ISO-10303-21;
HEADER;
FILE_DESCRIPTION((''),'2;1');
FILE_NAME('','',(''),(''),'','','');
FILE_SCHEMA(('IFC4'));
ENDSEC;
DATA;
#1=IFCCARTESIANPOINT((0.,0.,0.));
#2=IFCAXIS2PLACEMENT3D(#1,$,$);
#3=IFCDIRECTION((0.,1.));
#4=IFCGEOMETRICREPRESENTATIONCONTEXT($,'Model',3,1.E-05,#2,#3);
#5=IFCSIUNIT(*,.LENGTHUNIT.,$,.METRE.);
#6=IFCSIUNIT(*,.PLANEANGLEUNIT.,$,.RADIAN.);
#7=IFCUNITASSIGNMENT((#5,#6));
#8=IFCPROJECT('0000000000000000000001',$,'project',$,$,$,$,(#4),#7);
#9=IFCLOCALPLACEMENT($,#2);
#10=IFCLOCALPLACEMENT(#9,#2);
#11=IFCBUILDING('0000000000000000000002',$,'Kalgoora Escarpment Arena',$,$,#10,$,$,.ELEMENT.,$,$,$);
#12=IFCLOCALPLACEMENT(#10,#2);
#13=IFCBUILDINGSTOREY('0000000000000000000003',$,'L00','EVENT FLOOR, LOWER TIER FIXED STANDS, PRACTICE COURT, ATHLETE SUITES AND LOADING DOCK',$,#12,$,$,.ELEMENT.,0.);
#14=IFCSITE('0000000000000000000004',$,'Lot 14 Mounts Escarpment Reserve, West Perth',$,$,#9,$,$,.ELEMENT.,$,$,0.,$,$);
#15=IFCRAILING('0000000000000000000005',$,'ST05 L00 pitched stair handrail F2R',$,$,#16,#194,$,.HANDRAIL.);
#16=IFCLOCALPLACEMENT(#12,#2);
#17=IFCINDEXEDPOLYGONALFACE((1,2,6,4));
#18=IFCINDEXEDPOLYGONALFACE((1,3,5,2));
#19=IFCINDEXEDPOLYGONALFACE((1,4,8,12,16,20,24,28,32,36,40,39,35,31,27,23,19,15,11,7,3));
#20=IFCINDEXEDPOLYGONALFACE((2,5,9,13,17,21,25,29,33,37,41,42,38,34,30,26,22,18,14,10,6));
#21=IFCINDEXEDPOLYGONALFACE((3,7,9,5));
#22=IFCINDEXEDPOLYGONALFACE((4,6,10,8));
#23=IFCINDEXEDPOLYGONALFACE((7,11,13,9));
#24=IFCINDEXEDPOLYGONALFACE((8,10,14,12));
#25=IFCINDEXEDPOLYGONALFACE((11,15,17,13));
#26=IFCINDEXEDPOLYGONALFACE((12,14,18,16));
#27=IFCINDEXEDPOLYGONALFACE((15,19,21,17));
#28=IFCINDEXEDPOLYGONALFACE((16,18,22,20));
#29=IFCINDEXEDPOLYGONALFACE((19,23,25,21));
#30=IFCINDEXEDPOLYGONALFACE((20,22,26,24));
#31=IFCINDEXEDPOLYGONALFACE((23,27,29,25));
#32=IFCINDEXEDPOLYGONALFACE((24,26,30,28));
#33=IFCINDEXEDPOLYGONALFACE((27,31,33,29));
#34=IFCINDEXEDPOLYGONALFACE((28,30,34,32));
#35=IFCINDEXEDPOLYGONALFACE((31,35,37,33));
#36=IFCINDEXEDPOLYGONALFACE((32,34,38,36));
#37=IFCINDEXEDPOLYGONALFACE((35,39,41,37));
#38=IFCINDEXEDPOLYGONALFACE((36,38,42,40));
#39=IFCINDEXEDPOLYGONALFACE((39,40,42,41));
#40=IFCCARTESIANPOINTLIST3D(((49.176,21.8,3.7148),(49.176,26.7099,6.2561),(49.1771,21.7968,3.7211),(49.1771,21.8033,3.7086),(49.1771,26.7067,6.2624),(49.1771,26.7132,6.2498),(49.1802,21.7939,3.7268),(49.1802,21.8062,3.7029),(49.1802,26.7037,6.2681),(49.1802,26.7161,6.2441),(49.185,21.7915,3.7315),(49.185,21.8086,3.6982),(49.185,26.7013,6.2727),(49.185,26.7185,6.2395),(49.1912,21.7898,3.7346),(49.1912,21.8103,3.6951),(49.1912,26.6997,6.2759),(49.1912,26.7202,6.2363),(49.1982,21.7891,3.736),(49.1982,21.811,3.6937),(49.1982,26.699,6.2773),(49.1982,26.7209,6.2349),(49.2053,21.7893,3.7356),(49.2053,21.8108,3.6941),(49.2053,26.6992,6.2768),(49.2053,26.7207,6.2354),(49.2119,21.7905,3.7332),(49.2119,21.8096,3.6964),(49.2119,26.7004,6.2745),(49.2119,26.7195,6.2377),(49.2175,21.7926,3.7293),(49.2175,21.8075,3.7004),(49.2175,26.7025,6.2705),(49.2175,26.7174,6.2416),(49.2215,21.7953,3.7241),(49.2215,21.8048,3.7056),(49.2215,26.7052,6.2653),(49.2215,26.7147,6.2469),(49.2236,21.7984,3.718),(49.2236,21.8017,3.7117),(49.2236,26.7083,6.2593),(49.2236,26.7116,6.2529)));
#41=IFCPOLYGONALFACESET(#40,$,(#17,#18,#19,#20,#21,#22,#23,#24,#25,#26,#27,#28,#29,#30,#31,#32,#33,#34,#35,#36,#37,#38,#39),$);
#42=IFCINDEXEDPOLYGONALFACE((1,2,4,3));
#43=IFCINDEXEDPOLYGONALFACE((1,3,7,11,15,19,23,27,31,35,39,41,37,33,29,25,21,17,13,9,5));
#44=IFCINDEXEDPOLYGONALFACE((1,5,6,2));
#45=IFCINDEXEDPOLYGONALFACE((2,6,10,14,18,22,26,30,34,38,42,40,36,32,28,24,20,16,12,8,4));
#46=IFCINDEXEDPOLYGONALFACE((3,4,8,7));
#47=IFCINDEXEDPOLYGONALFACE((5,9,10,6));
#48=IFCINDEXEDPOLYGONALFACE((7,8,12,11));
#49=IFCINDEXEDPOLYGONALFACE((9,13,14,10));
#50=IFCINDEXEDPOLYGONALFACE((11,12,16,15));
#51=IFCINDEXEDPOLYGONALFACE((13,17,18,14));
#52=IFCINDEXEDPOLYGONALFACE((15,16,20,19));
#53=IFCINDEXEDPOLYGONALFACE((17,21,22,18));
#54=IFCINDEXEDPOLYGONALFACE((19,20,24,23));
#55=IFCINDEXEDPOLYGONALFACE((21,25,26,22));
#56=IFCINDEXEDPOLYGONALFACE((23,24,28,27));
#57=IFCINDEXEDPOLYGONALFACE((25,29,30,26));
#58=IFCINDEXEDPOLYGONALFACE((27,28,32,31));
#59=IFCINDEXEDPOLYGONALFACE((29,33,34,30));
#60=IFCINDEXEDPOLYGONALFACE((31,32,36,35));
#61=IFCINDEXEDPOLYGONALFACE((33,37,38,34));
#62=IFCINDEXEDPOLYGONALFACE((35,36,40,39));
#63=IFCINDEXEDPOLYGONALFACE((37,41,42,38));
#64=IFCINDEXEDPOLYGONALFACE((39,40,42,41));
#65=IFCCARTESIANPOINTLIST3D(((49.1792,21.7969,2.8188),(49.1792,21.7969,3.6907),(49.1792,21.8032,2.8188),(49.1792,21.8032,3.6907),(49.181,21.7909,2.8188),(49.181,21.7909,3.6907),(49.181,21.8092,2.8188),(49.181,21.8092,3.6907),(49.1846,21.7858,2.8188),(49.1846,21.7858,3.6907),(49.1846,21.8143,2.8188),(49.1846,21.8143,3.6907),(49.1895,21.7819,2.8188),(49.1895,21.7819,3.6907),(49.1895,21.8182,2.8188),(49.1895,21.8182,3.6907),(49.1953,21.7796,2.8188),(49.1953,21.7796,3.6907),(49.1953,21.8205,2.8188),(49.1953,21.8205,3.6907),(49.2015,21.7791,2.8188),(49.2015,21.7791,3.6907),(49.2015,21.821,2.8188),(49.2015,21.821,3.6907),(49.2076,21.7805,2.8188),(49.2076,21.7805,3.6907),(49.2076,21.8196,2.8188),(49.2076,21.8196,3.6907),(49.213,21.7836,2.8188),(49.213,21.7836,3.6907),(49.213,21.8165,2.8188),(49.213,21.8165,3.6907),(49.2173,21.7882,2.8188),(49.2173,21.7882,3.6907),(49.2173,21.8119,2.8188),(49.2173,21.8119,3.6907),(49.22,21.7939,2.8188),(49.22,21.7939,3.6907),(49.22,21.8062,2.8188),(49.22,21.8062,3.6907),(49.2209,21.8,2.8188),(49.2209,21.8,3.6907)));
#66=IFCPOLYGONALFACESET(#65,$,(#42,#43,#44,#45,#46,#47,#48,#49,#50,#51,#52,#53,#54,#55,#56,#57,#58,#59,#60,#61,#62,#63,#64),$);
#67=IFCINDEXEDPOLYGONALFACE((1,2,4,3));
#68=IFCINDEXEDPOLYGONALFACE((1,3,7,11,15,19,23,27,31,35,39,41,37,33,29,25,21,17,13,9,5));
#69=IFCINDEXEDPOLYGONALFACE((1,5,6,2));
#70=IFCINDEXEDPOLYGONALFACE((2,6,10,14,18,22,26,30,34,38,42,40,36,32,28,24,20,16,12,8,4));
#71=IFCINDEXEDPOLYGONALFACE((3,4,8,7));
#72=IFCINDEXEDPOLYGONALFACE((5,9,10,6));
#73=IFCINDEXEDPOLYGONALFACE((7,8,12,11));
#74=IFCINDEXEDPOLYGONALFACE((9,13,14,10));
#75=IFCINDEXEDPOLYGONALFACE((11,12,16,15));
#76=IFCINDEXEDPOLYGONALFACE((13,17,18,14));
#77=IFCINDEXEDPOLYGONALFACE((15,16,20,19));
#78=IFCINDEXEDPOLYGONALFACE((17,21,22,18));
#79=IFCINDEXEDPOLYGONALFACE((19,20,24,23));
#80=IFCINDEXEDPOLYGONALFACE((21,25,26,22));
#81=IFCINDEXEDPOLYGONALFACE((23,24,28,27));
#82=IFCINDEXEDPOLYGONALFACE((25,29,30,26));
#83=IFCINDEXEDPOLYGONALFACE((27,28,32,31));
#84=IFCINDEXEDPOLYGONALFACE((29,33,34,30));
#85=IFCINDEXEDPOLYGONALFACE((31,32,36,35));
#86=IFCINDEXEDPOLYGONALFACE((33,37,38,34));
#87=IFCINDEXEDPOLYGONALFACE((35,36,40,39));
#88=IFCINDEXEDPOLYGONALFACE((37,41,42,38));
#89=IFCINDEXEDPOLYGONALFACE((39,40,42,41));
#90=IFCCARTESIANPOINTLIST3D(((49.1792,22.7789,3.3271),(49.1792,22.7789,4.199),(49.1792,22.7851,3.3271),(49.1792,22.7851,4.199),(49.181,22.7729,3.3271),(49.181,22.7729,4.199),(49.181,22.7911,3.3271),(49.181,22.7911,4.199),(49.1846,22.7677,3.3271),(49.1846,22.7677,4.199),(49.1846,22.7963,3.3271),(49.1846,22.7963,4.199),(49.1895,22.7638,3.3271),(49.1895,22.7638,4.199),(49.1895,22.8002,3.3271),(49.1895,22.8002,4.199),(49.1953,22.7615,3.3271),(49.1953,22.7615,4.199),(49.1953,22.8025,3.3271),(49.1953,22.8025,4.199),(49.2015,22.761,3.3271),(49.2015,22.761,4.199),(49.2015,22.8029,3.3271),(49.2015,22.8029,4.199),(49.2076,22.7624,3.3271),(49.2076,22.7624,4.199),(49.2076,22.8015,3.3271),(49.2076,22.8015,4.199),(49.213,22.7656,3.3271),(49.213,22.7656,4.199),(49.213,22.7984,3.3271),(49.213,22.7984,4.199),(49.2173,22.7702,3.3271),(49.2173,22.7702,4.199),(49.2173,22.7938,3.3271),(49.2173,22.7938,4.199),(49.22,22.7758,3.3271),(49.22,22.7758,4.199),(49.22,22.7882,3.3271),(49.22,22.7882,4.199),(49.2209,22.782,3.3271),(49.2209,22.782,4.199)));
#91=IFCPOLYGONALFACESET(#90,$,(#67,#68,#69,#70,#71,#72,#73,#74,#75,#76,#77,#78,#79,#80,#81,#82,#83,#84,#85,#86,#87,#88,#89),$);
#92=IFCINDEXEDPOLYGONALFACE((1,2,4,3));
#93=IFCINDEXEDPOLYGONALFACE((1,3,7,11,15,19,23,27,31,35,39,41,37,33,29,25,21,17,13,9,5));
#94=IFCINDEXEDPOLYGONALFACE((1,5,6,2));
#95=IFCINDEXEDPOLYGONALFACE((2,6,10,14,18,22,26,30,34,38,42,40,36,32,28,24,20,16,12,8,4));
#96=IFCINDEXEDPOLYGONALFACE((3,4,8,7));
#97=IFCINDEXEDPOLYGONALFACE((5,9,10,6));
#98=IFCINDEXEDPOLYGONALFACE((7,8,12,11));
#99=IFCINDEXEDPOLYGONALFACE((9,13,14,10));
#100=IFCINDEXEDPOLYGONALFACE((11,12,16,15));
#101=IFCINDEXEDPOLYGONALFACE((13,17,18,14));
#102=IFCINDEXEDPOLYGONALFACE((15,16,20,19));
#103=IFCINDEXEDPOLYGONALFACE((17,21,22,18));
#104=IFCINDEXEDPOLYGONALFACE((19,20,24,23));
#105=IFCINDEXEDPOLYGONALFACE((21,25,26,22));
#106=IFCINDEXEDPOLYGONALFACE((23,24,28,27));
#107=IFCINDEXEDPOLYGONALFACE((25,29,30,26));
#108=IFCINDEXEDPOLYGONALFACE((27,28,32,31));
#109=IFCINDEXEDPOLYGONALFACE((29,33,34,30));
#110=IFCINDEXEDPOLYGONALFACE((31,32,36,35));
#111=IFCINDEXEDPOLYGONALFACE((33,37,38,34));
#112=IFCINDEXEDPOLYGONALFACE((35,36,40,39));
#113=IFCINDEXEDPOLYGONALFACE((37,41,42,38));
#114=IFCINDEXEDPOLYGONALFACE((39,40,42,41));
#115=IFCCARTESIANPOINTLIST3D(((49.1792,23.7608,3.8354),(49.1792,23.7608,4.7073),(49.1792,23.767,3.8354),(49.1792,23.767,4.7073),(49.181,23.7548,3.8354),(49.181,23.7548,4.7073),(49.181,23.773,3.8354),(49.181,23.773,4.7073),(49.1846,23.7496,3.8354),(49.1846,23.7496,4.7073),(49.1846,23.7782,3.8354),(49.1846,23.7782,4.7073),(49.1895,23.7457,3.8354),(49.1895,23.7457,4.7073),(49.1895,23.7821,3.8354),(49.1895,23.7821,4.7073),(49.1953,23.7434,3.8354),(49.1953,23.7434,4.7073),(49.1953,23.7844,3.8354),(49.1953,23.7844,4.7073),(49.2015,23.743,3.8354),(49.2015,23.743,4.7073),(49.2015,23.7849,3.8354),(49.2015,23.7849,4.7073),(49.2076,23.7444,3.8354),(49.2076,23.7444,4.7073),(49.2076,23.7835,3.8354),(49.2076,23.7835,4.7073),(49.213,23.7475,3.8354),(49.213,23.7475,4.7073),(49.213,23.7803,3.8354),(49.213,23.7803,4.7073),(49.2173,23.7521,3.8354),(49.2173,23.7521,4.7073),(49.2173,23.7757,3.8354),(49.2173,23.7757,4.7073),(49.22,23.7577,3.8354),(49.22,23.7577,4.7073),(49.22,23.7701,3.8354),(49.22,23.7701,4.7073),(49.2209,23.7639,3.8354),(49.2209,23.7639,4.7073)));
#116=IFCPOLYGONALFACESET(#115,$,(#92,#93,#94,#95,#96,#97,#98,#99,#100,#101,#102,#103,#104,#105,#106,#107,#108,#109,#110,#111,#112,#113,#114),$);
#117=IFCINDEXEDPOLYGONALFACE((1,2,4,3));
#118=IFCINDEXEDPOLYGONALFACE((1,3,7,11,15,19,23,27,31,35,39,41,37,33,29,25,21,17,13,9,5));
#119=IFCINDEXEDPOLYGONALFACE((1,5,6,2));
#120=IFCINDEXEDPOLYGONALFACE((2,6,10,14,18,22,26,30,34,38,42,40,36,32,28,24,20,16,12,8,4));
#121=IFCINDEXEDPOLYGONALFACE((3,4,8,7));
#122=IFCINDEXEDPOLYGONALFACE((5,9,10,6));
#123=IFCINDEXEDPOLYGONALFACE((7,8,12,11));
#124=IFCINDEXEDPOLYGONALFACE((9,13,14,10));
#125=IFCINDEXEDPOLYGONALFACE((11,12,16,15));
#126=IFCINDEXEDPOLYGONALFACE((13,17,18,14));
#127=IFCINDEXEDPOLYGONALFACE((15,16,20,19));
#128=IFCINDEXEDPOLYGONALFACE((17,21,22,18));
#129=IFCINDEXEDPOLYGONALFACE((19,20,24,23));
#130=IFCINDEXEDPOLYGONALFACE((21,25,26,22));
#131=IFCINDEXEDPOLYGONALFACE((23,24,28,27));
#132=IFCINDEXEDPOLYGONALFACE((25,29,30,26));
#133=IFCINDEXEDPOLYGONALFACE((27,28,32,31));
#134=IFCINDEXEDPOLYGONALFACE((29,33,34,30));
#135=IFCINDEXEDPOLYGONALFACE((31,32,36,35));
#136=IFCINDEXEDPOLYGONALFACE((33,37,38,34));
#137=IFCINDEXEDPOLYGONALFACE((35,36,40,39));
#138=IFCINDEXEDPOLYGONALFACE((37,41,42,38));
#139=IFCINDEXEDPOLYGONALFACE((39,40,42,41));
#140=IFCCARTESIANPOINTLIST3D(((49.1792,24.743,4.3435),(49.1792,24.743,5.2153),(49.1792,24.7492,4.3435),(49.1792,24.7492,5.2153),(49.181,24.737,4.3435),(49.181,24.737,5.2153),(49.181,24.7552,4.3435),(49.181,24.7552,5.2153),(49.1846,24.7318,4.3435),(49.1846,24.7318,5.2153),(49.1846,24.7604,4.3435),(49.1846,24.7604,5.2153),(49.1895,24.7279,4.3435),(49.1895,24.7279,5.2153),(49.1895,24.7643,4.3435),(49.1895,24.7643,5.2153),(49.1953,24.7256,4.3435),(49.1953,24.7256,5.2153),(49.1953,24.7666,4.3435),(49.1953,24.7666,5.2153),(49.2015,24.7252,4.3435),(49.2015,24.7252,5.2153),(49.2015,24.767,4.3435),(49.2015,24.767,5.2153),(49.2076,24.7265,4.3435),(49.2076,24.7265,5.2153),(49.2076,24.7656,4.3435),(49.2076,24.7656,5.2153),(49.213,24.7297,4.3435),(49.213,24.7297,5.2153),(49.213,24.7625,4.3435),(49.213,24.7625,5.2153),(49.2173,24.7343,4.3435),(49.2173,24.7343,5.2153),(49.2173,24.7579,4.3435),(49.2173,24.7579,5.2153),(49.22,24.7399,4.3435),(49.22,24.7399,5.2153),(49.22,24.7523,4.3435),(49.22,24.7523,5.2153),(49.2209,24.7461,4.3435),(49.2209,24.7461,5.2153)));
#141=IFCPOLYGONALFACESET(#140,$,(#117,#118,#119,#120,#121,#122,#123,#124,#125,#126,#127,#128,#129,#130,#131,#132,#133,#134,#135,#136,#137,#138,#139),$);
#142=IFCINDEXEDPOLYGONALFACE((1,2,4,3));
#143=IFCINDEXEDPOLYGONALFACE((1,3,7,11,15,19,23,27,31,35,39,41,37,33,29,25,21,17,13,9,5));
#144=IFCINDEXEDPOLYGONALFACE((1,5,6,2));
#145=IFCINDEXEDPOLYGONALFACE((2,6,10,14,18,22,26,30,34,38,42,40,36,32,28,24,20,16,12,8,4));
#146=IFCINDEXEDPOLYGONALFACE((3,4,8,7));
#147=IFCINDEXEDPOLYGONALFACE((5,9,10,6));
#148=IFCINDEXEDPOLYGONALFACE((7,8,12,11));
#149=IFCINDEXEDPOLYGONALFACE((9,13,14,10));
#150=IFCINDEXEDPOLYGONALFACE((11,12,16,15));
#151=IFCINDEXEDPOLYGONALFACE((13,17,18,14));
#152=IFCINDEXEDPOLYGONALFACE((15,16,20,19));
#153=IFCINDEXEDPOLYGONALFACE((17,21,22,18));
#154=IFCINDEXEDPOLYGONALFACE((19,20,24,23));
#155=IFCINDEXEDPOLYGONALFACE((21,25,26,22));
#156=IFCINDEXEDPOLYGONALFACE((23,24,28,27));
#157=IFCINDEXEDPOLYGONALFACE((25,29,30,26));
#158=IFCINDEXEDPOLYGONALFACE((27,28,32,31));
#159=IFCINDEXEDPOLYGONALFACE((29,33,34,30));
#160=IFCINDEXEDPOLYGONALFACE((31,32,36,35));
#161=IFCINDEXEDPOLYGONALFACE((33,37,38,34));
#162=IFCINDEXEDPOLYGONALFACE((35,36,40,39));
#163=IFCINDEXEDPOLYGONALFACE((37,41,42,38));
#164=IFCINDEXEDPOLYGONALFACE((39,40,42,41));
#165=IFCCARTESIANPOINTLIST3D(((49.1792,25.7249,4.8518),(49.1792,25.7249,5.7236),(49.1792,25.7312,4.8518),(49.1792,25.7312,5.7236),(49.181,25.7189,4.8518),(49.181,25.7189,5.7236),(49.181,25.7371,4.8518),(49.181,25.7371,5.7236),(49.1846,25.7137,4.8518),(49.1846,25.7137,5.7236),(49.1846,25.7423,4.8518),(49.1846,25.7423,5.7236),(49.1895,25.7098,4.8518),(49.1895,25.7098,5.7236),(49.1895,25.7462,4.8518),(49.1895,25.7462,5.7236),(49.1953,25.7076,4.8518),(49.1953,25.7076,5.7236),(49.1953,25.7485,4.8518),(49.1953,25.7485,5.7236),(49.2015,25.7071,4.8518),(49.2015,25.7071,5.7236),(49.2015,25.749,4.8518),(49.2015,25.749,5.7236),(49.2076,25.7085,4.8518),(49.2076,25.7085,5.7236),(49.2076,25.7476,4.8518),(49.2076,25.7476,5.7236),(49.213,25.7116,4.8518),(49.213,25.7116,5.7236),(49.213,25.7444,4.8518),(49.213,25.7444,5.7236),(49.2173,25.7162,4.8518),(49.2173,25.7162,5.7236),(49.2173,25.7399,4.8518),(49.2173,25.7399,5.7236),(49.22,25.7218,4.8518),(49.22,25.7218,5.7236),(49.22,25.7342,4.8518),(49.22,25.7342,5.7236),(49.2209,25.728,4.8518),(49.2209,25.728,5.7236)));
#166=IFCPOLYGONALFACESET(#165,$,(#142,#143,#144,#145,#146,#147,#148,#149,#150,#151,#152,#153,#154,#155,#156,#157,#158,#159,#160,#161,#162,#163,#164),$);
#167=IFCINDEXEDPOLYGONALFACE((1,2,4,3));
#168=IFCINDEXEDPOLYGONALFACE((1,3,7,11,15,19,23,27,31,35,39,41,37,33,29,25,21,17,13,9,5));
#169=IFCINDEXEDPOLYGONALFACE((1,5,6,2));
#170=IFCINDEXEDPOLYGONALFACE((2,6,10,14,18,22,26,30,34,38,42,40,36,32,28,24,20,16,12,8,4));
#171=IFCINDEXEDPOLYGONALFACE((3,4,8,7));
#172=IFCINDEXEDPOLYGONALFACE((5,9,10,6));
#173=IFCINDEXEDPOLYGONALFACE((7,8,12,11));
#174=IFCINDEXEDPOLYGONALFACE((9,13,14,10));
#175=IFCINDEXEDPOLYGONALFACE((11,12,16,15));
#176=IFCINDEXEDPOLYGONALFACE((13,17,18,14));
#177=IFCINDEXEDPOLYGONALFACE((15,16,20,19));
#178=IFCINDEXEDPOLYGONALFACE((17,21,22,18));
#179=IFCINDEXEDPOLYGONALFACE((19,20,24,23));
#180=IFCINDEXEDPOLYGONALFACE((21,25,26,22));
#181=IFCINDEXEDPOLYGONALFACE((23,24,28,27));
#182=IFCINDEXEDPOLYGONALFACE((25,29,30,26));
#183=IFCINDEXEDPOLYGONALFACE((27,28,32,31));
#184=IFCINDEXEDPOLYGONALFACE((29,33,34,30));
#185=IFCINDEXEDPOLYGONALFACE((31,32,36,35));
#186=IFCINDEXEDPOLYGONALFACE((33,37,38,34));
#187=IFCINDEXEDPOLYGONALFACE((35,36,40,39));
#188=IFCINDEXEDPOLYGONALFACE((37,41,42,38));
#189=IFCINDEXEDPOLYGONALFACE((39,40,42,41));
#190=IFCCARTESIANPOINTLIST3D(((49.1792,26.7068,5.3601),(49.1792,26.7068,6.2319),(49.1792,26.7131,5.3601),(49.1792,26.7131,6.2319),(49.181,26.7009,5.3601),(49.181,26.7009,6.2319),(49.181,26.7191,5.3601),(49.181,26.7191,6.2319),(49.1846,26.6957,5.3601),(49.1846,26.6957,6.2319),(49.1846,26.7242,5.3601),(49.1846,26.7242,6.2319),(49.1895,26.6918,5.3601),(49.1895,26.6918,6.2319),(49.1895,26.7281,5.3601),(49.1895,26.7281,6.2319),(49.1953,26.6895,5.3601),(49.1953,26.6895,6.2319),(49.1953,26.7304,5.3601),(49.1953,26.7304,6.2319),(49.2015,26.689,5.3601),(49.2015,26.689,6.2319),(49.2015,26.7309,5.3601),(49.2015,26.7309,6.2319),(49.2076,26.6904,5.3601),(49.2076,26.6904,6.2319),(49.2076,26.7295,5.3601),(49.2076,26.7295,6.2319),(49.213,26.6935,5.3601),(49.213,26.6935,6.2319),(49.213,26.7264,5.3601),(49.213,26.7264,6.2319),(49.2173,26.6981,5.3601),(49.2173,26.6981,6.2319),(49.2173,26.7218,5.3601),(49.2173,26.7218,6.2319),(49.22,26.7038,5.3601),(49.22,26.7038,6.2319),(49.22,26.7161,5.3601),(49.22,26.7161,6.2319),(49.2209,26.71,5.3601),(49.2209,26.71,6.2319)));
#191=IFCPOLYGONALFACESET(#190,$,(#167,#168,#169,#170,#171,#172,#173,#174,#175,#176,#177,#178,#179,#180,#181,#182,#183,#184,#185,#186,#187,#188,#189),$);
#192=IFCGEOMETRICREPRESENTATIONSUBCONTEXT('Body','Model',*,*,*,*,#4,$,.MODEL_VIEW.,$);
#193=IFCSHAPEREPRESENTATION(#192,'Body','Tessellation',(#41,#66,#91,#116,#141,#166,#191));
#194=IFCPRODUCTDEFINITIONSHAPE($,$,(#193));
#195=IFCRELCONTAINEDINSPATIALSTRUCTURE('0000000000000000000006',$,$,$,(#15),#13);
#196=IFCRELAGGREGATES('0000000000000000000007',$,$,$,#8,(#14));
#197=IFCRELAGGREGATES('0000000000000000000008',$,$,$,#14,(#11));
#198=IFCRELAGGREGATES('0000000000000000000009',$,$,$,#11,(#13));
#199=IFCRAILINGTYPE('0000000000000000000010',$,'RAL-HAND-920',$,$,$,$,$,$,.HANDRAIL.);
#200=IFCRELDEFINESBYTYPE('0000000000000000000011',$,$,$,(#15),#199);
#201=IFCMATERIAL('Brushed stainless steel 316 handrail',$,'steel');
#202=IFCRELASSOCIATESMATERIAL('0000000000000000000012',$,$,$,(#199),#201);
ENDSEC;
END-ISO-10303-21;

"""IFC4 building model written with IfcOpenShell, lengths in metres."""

from ifc_helpers import new_model, si_unit, direction, frame, origin, origin_2d, place, context, subcontext, project, spatial, circle, extrude, material, type_object, element, save


model = new_model("IFC4")

# Units and contexts
model_context = context("Model", 3, precision=1e-05, world=origin(), true_north=direction((0.0, 1.0)))
body_context = subcontext(model_context, "Body", "Model", "MODEL_VIEW")
ifc_project = project(units=[si_unit("LENGTHUNIT", "METRE"), si_unit("PLANEANGLEUNIT", "RADIAN")], contexts=[model_context])

# Site, building, storey
site_placement = place(None, origin())
site = spatial("IfcSite", under=ifc_project, at=site_placement, Name="Lot 14 Mounts Escarpment Reserve, West Perth", CompositionType="ELEMENT", RefElevation=0.0)
building_placement = place(site_placement, origin())
building = spatial("IfcBuilding", under=site, at=building_placement, Name="Kalgoora Escarpment Arena", CompositionType="ELEMENT")
storey_placement = place(building_placement, origin())
storey = spatial("IfcBuildingStorey", under=building, at=storey_placement, Name="L00", Description="EVENT FLOOR, LOWER TIER FIXED STANDS, PRACTICE COURT, ATHLETE SUITES AND LOADING DOCK", CompositionType="ELEMENT", Elevation=0.0)

# Railing
ifc_material_1 = material(Name="Brushed stainless steel 316 handrail", Category="steel")
railing_type = type_object("IfcRailingType", Name="RAL-HAND-920", PredefinedType="HANDRAIL", material=ifc_material_1)
for number, where, name in (
    (1, (49.2, 21.8, 2.8188), "ST05 L00 pitched stair handrail F2R"),
):
    element("IfcRailing", number, at=place(storey_placement, frame(where)), inside=storey, type_object=railing_type, Name=name, PredefinedType="HANDRAIL", context=body_context, shape_type="SweptSolid", body=[
        extrude(circle(Radius=0.0239, at=origin_2d()), frame((0.0, 0.0, 0.896), z_axis=(0.0, 0.888096, 0.459658), x_axis=(-1.0, 0.0, 0.0)), (0.0, 0.0, 1.0), 5.5286),
        extrude(circle(Radius=0.021, at=origin_2d()), origin(), (0.0, 0.0, 1.0), 0.8718),
        extrude(circle(Radius=0.021, at=origin_2d()), frame((0.0, 0.9819, 0.5083)), (0.0, 0.0, 1.0), 0.8718),
        extrude(circle(Radius=0.021, at=origin_2d()), frame((0.0, 1.9639, 1.0166)), (0.0, 0.0, 1.0), 0.8718),
        extrude(circle(Radius=0.021, at=origin_2d()), frame((0.0, 2.946, 1.5247)), (0.0, 0.0, 1.0), 0.8718),
        extrude(circle(Radius=0.021, at=origin_2d()), frame((0.0, 3.928, 2.033)), (0.0, 0.0, 1.0), 0.8718),
        extrude(circle(Radius=0.021, at=origin_2d()), frame((0.0, 4.9099, 2.5413)), (0.0, 0.0, 1.0), 0.8718),
    ])

save(model, "model.ifc")
